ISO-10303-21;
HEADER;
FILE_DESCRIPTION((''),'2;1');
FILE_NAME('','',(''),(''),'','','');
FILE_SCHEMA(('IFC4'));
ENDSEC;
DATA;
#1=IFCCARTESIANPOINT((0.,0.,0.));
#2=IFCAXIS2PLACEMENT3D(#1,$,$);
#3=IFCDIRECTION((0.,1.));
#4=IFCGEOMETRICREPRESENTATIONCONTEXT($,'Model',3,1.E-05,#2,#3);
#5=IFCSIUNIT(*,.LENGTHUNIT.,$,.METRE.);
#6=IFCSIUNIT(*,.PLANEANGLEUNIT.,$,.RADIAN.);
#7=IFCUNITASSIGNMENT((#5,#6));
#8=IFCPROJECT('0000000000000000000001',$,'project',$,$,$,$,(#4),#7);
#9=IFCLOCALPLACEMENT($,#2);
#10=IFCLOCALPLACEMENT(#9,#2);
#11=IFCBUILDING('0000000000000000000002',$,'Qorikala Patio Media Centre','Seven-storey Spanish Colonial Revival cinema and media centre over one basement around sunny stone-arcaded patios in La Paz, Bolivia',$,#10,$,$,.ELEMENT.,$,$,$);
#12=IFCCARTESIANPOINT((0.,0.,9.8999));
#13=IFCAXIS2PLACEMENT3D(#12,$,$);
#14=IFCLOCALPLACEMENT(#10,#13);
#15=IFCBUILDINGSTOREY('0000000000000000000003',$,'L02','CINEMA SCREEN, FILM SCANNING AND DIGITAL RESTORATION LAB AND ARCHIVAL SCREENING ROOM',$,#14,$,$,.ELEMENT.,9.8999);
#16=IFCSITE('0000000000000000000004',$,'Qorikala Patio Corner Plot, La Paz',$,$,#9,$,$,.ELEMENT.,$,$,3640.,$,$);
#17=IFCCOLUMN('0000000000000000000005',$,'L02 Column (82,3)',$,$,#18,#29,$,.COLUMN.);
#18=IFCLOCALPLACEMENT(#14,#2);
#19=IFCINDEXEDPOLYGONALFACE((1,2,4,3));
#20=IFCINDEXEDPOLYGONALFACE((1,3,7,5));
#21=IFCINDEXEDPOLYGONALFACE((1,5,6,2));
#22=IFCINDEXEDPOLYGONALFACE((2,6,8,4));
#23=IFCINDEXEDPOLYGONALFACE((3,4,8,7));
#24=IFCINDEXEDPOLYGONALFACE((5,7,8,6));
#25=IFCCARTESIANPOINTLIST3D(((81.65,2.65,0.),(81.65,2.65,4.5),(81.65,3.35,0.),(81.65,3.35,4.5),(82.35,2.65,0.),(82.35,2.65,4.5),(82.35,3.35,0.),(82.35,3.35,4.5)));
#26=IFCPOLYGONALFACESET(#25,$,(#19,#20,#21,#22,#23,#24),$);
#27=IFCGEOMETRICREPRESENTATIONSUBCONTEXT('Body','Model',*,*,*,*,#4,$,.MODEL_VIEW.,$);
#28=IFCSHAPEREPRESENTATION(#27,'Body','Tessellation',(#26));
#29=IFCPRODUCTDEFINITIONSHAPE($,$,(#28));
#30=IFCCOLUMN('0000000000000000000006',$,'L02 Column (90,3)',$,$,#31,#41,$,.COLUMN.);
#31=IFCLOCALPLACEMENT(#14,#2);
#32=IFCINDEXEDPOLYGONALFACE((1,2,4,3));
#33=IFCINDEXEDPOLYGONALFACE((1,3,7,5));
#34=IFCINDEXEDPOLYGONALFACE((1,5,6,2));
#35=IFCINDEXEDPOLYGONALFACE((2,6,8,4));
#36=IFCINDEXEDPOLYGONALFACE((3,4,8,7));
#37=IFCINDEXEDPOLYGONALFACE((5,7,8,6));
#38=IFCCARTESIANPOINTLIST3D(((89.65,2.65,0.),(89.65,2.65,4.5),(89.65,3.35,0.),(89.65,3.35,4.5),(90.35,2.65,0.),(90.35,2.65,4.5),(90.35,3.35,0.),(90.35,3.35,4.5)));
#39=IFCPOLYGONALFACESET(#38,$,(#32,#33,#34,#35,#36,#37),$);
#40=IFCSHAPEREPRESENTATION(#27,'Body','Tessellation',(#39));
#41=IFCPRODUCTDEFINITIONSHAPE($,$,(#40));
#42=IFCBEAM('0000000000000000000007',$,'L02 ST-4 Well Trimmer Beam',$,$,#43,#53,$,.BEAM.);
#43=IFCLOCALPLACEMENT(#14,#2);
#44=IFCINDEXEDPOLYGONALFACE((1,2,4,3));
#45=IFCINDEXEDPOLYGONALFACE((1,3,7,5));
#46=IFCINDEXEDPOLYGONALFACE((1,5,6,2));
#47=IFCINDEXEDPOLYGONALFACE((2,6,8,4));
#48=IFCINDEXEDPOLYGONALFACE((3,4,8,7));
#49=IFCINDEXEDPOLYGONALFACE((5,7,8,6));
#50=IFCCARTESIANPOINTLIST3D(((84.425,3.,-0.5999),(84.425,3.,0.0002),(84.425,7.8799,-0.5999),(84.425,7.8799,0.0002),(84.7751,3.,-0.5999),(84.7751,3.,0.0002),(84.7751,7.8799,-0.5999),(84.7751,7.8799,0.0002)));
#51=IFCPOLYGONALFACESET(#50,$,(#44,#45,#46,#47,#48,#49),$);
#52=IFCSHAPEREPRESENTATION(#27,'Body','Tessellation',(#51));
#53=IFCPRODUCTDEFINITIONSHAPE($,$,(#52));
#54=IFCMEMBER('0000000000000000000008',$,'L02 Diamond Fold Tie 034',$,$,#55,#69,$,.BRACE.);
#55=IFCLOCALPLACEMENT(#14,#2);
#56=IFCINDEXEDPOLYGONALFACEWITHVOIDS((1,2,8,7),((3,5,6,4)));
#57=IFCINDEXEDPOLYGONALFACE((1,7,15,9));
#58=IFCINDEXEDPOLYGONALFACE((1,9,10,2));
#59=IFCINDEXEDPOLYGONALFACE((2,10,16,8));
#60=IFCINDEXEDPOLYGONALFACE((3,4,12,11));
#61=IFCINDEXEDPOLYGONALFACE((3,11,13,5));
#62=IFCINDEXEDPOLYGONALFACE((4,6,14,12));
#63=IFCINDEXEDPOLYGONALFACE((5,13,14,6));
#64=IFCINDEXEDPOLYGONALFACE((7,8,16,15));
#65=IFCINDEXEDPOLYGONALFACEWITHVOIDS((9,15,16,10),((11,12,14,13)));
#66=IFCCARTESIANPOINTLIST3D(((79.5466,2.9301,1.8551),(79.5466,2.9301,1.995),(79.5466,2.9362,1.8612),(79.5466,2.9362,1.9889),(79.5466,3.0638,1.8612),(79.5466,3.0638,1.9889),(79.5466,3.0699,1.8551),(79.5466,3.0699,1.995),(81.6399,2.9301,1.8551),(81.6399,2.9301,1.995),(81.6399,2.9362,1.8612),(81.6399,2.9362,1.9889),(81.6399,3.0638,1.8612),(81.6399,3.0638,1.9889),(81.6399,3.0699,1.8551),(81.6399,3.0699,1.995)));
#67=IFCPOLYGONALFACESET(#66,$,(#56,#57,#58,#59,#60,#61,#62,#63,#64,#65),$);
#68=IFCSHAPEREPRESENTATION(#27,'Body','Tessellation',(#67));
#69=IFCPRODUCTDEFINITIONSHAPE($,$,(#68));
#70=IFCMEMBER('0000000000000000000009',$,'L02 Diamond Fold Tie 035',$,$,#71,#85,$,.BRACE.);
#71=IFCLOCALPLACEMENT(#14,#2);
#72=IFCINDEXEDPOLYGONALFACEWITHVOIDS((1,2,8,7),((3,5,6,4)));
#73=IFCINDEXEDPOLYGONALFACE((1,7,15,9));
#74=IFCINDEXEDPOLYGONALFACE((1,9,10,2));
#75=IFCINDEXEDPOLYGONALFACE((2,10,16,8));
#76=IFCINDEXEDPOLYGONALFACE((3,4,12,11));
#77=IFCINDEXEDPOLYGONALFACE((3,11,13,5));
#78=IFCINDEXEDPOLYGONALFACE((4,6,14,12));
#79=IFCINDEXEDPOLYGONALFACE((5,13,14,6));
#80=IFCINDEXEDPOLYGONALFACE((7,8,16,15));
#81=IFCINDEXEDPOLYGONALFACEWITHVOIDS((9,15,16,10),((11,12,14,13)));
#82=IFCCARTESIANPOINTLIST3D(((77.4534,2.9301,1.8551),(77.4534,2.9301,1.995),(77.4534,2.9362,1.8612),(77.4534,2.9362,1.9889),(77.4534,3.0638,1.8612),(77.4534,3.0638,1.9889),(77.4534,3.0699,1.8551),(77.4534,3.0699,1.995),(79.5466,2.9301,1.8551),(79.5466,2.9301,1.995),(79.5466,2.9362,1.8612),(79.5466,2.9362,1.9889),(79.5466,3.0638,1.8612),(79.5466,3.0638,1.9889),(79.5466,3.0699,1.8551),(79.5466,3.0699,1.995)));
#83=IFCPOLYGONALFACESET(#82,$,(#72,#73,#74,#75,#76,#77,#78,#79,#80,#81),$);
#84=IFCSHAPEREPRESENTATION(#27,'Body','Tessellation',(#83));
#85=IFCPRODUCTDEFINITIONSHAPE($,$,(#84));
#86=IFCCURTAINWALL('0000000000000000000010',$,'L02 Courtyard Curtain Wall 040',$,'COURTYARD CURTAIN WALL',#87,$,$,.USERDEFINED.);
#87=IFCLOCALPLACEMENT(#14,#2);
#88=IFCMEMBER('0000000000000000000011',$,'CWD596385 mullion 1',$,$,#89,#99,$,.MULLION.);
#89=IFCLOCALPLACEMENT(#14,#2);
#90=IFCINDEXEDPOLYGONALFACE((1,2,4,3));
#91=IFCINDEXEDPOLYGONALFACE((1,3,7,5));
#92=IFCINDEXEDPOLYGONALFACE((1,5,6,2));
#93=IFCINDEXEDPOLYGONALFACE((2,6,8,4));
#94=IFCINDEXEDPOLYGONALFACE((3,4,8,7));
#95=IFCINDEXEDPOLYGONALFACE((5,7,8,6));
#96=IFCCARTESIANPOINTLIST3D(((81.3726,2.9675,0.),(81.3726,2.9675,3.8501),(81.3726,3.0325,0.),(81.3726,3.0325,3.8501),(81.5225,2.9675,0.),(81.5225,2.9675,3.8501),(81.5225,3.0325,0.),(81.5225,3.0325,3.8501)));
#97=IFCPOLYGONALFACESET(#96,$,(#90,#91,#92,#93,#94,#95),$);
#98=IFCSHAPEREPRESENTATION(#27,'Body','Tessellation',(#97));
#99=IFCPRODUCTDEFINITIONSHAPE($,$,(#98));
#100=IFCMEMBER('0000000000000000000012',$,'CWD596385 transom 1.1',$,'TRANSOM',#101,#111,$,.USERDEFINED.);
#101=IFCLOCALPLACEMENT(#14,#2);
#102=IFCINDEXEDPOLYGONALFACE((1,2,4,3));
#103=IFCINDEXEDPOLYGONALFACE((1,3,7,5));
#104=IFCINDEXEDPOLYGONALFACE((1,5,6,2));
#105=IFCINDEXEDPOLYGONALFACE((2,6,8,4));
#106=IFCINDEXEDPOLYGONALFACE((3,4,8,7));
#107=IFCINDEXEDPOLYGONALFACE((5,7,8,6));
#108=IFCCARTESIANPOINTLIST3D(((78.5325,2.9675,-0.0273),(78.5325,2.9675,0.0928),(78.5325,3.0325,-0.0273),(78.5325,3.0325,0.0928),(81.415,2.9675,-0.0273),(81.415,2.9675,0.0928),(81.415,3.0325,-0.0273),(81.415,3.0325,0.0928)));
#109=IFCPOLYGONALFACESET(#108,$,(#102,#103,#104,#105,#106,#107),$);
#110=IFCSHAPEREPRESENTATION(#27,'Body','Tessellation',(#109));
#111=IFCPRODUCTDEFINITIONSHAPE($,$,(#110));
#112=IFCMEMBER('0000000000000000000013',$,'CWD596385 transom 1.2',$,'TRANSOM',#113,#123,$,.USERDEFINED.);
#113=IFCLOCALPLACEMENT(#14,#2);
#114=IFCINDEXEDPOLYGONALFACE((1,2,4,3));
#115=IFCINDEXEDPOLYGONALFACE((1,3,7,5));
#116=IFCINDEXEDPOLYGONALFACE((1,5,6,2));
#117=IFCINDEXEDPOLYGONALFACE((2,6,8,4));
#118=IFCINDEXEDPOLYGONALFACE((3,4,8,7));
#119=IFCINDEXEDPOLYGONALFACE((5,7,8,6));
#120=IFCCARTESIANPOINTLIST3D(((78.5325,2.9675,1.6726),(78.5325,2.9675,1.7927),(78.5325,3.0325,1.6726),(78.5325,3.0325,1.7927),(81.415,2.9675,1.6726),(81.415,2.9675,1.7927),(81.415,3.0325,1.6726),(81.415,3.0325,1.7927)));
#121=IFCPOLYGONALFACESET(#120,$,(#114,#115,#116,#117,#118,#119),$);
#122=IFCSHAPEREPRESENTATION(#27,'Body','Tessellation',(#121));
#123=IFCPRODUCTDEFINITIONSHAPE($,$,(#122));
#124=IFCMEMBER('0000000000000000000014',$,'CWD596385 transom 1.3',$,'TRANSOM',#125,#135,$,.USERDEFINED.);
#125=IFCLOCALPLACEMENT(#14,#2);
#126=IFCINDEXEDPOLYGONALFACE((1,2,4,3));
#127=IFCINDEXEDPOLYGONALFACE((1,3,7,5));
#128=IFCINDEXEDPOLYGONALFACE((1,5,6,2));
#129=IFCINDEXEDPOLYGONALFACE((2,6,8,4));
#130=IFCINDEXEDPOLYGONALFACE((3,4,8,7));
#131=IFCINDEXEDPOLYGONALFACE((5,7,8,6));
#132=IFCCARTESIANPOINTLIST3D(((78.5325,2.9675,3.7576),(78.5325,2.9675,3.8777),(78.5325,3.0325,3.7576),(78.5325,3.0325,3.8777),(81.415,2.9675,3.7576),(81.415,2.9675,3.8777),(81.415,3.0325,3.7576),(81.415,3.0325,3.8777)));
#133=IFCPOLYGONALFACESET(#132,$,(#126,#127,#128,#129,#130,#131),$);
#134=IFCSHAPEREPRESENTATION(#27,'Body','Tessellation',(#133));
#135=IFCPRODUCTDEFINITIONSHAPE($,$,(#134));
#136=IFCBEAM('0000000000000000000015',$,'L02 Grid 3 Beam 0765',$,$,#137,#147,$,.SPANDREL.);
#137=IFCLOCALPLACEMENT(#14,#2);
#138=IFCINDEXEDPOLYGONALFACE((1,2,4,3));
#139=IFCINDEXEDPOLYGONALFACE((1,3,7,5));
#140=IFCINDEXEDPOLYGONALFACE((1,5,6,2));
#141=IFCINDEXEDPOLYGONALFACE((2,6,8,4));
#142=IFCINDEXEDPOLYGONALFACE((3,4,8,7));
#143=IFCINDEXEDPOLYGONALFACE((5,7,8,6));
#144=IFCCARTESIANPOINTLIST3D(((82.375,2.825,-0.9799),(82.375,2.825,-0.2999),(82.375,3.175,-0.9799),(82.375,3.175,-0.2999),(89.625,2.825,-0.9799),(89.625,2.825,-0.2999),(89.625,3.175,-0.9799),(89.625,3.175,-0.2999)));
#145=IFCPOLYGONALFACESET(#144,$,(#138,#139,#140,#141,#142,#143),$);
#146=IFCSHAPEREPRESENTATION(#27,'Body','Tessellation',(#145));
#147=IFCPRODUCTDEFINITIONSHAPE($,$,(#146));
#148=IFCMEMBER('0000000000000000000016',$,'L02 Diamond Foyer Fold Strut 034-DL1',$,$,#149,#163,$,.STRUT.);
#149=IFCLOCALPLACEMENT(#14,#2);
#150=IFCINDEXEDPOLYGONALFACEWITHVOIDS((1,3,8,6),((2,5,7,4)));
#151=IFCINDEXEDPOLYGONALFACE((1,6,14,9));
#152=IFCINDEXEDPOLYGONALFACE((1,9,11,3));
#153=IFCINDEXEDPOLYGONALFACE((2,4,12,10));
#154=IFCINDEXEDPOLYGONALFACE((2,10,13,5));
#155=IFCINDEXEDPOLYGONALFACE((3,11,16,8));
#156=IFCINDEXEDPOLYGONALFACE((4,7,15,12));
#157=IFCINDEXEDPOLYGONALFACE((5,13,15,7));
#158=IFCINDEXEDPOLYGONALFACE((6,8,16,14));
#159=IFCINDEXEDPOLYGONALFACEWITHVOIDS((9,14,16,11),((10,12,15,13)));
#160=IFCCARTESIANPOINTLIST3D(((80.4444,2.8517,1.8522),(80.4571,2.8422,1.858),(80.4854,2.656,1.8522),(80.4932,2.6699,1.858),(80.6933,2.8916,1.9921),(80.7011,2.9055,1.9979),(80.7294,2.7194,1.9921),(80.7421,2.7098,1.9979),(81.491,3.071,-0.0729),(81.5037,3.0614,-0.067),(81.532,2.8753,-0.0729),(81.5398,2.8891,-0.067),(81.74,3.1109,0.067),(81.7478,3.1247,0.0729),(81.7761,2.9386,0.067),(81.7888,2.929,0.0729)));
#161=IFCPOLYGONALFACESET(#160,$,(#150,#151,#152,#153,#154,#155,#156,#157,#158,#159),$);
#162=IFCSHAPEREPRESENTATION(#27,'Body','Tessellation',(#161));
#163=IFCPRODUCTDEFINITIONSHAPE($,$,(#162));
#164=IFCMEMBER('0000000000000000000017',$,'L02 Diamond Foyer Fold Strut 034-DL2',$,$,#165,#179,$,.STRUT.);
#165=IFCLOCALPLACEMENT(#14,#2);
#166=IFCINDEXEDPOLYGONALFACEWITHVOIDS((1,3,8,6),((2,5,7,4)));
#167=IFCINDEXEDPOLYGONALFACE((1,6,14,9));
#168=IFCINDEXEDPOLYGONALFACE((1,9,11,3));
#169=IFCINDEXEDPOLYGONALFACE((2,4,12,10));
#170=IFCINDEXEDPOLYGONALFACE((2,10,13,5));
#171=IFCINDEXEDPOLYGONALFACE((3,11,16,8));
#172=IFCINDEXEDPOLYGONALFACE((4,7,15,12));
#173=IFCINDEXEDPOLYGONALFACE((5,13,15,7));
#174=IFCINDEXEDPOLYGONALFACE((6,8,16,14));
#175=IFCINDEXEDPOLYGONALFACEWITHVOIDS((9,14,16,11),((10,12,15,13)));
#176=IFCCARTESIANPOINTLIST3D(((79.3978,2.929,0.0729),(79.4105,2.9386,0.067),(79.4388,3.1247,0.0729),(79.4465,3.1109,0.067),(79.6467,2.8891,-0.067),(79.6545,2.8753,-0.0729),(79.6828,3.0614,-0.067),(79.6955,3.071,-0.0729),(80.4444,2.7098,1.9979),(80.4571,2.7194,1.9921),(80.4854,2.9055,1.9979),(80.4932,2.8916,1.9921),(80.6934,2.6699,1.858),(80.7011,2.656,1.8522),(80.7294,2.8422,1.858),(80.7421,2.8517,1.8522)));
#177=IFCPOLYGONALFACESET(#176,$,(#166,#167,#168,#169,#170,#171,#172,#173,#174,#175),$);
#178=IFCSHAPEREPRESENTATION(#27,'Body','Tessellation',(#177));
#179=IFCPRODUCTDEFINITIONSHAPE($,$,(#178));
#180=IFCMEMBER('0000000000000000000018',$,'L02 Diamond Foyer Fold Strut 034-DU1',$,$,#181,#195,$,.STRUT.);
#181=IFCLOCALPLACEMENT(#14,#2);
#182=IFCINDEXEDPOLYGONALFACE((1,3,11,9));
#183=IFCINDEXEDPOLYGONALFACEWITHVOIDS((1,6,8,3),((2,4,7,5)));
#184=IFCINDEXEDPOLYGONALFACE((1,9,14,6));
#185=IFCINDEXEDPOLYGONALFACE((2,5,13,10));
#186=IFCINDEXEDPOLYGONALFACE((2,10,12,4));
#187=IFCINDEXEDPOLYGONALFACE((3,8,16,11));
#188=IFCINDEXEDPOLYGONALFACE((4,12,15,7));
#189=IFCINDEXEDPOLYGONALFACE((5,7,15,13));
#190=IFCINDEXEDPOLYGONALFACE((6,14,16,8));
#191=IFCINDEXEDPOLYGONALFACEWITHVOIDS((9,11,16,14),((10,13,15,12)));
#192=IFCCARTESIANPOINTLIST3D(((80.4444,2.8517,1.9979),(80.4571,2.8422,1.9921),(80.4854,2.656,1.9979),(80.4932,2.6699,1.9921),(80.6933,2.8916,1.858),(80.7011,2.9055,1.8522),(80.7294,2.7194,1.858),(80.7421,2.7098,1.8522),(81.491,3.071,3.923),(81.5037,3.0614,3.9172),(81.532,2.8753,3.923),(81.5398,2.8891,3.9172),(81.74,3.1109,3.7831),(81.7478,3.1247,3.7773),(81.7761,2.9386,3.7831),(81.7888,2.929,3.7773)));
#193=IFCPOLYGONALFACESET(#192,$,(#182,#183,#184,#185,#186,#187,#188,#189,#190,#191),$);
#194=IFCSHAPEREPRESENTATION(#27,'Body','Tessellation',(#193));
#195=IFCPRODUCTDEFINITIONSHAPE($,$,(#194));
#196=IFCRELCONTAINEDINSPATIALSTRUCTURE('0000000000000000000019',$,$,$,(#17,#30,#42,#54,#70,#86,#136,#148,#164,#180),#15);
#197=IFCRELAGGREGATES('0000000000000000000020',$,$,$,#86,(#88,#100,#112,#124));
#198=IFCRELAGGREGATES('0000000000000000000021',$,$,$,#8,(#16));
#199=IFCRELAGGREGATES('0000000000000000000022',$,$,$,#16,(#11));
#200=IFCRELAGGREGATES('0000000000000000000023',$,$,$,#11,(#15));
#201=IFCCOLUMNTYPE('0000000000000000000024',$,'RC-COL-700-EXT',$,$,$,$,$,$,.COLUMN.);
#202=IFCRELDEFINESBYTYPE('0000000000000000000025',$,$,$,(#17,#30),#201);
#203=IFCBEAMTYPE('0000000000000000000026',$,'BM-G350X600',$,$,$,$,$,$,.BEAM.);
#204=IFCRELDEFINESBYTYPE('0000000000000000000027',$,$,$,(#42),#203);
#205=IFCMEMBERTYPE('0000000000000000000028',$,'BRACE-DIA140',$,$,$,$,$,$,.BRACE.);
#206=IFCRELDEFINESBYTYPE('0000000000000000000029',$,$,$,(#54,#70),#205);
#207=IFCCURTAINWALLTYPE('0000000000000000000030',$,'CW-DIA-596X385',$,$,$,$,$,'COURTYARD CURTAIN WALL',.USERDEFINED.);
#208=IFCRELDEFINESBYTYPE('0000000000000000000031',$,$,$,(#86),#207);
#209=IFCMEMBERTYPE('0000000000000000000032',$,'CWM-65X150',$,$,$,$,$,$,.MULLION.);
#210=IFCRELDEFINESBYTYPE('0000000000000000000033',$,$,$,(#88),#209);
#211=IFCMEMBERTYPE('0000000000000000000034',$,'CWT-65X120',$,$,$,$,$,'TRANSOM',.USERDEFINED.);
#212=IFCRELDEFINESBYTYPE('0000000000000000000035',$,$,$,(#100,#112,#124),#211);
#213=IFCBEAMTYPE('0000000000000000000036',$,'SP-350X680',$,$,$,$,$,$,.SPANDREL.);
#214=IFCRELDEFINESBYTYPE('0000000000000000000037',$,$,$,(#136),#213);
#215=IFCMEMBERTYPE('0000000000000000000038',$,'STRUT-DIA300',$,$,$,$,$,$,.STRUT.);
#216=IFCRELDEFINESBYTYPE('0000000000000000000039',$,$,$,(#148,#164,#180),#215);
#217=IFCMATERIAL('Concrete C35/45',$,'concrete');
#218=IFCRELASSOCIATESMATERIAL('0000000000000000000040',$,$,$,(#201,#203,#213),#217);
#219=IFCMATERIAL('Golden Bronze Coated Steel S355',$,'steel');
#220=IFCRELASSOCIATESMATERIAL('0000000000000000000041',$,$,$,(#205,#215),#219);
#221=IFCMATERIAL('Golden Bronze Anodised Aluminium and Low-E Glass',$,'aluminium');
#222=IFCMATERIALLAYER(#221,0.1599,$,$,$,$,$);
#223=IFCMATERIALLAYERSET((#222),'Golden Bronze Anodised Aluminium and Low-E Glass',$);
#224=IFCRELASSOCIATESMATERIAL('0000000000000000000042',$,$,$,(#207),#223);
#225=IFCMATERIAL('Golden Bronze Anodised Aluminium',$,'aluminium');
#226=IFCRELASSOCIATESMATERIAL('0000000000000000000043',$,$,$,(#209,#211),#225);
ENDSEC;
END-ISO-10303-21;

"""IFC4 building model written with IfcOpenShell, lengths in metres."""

from ifc_helpers import new_model, si_unit, direction, frame, origin, origin_2d, place, context, subcontext, project, spatial, rectangle, hollow_rectangle, extrude, material, layer, layer_set, material_profile, profile_set, type_object, element, aggregate, save


model = new_model("IFC4")

# Units and contexts
model_context = context("Model", 3, precision=1e-05, world=origin(), true_north=direction((0.0, 1.0)))
body_context = subcontext(model_context, "Body", "Model", "MODEL_VIEW")
ifc_project = project(units=[si_unit("LENGTHUNIT", "METRE"), si_unit("PLANEANGLEUNIT", "RADIAN")], contexts=[model_context])

# Site, building, storey
site_placement = place(None, origin())
site = spatial("IfcSite", under=ifc_project, at=site_placement, Name="Qorikala Patio Corner Plot, La Paz", CompositionType="ELEMENT", RefElevation=3640.0)
building_placement = place(site_placement, origin())
building = spatial("IfcBuilding", under=site, at=building_placement, Name="Qorikala Patio Media Centre", Description="Seven-storey Spanish Colonial Revival cinema and media centre over one basement around sunny stone-arcaded patios in La Paz, Bolivia", CompositionType="ELEMENT")
storey_placement = place(building_placement, frame((0.0, 0.0, 9.8999)))
storey = spatial("IfcBuildingStorey", under=building, at=storey_placement, Name="L02", Description="CINEMA SCREEN, FILM SCANNING AND DIGITAL RESTORATION LAB AND ARCHIVAL SCREENING ROOM", CompositionType="ELEMENT", Elevation=9.8999)

# Columns
ifc_material_1 = material(Name="Concrete C35/45", Category="concrete")
ifc_material_profile_1 = material_profile(ifc_material_1, rectangle(XDim=0.7, YDim=0.7, at=origin_2d()), Name="RC 700x700")
ifc_profile_set_1 = profile_set([ifc_material_profile_1], Name="Concrete C35/45")
column_type = type_object("IfcColumnType", Name="RC-COL-700-EXT", PredefinedType="COLUMN", material=ifc_profile_set_1)
for number, where, z_axis, x_axis, name in (
    (1, (82.0, 3.0, 0.0), (0.0, 0.0, 1.0), (1.0, 0.0, 0.0), "L02 Column (82,3)"),
    (2, (90.0, 3.0, 0.0), (0.0, 0.0, 1.0), (1.0, 0.0, 0.0), "L02 Column (90,3)"),
):
    element("IfcColumn", number, at=place(storey_placement, frame(where, z_axis=z_axis, x_axis=x_axis)), inside=storey, type_object=column_type, Name=name, PredefinedType="COLUMN", context=body_context, shape_type="SweptSolid", body=[
        extrude(rectangle(XDim=0.7, YDim=0.7, at=origin_2d()), origin(), (0.0, 0.0, 1.0), 4.5),
    ])

# Beam
ifc_material_profile_2 = material_profile(ifc_material_1, rectangle(XDim=0.3501, YDim=0.6001, at=origin_2d()), Name="RC 350x600")
ifc_profile_set_2 = profile_set([ifc_material_profile_2], Name="Concrete C35/45")
beam_type_1 = type_object("IfcBeamType", Name="BM-G350X600", PredefinedType="BEAM", material=ifc_profile_set_2)
beam_1_placement = place(storey_placement, frame((84.6001, 3.0, -0.2998), z_axis=(0.0, 1.0, 0.0), x_axis=(-1.0, 0.0, 0.0)))
element("IfcBeam", 3, at=beam_1_placement, inside=storey, type_object=beam_type_1, Name="L02 ST-4 Well Trimmer Beam", PredefinedType="BEAM", context=body_context, shape_type="SweptSolid", body=[
    extrude(rectangle(XDim=0.3501, YDim=0.6001, at=origin_2d()), origin(), (0.0, 0.0, 1.0), 4.8799),
])

# Members
ifc_material_2 = material(Name="Golden Bronze Coated Steel S355", Category="steel")
ifc_material_profile_3 = material_profile(ifc_material_2, hollow_rectangle(XDim=0.1399, YDim=0.1399, WallThickness=0.0061, at=origin_2d()), Name="HSS140X140X6")
ifc_profile_set_3 = profile_set([ifc_material_profile_3], Name="Golden Bronze Coated Steel S355")
member_type_1 = type_object("IfcMemberType", Name="BRACE-DIA140", PredefinedType="BRACE", material=ifc_profile_set_3)
for number, where, z_axis, x_axis, name in (
    (4, (81.6399, 3.0, 1.925), (-1.0, 0.0, 0.0), (0.0, -1.0, 0.0), "L02 Diamond Fold Tie 034"),
    (5, (79.5466, 3.0, 1.925), (-1.0, 0.0, 0.0), (0.0, -1.0, 0.0), "L02 Diamond Fold Tie 035"),
):
    element("IfcMember", number, at=place(storey_placement, frame(where, z_axis=z_axis, x_axis=x_axis)), inside=storey, type_object=member_type_1, Name=name, PredefinedType="BRACE", context=body_context, shape_type="SweptSolid", body=[
        extrude(hollow_rectangle(XDim=0.1399, YDim=0.1399, WallThickness=0.0061, at=origin_2d()), origin(), (0.0, 0.0, 1.0), 2.0933),
    ])

# Curtain wall, members
ifc_material_3 = material(Name="Golden Bronze Anodised Aluminium and Low-E Glass", Category="aluminium")
ifc_layer_1 = layer(ifc_material_3, 0.1599)
ifc_layer_set_1 = layer_set([ifc_layer_1], Name="Golden Bronze Anodised Aluminium and Low-E Glass")
curtain_wall_type = type_object("IfcCurtainWallType", Name="CW-DIA-596X385", ElementType="COURTYARD CURTAIN WALL", PredefinedType="USERDEFINED", material=ifc_layer_set_1)
curtain_wall_placement = place(storey_placement, origin())
curtain_wall = element("IfcCurtainWall", 6, at=curtain_wall_placement, inside=storey, type_object=curtain_wall_type, Name="L02 Courtyard Curtain Wall 040", ObjectType="COURTYARD CURTAIN WALL", PredefinedType="USERDEFINED")
ifc_material_4 = material(Name="Golden Bronze Anodised Aluminium", Category="aluminium")
ifc_material_profile_4 = material_profile(ifc_material_4, rectangle(XDim=0.0649, YDim=0.1499, at=origin_2d()), Name="ALU MULLION 65x150")
ifc_profile_set_4 = profile_set([ifc_material_profile_4], Name="Golden Bronze Anodised Aluminium")
member_type_2 = type_object("IfcMemberType", Name="CWM-65X150", PredefinedType="MULLION", material=ifc_profile_set_4)
member_1_placement = place(storey_placement, frame((81.4475, 3.0, 0.0), z_axis=(0.0, 0.0, 1.0), x_axis=(0.0, -1.0, 0.0)))
member_1 = element("IfcMember", 7, at=member_1_placement, type_object=member_type_2, Name="CWD596385 mullion 1", PredefinedType="MULLION", context=body_context, shape_type="SweptSolid", body=[
    extrude(rectangle(XDim=0.0649, YDim=0.1499, at=origin_2d()), origin(), (0.0, 0.0, 1.0), 3.8501),
])
ifc_material_profile_5 = material_profile(ifc_material_4, rectangle(XDim=0.0649, YDim=0.1201, at=origin_2d()), Name="ALU TRANSOM 65x120")
ifc_profile_set_5 = profile_set([ifc_material_profile_5], Name="Golden Bronze Anodised Aluminium")
member_type_3 = type_object("IfcMemberType", Name="CWT-65X120", ElementType="TRANSOM", PredefinedType="USERDEFINED", material=ifc_profile_set_5)
member_2_placement = place(storey_placement, frame((81.415, 3.0, 0.0327), z_axis=(-1.0, 0.0, 0.0), x_axis=(0.0, -1.0, 0.0)))
member_2 = element("IfcMember", 8, at=member_2_placement, type_object=member_type_3, Name="CWD596385 transom 1.1", ObjectType="TRANSOM", PredefinedType="USERDEFINED", context=body_context, shape_type="SweptSolid", body=[
    extrude(rectangle(XDim=0.0649, YDim=0.1201, at=origin_2d()), origin(), (0.0, 0.0, 1.0), 2.8826),
])
member_3_placement = place(storey_placement, frame((81.415, 3.0, 1.7327), z_axis=(-1.0, 0.0, 0.0), x_axis=(0.0, -1.0, 0.0)))
member_3 = element("IfcMember", 9, at=member_3_placement, type_object=member_type_3, Name="CWD596385 transom 1.2", ObjectType="TRANSOM", PredefinedType="USERDEFINED", context=body_context, shape_type="SweptSolid", body=[
    extrude(rectangle(XDim=0.0649, YDim=0.1201, at=origin_2d()), origin(), (0.0, 0.0, 1.0), 2.8826),
])
member_4_placement = place(storey_placement, frame((81.415, 3.0, 3.8176), z_axis=(-1.0, 0.0, 0.0), x_axis=(0.0, -1.0, 0.0)))
member_4 = element("IfcMember", 10, at=member_4_placement, type_object=member_type_3, Name="CWD596385 transom 1.3", ObjectType="TRANSOM", PredefinedType="USERDEFINED", context=body_context, shape_type="SweptSolid", body=[
    extrude(rectangle(XDim=0.0649, YDim=0.1201, at=origin_2d()), origin(), (0.0, 0.0, 1.0), 2.8826),
])

# Beam
ifc_material_profile_6 = material_profile(ifc_material_1, rectangle(XDim=0.3501, YDim=0.6799, at=origin_2d()), Name="RC 350x680")
ifc_profile_set_6 = profile_set([ifc_material_profile_6], Name="Concrete C35/45")
beam_type_2 = type_object("IfcBeamType", Name="SP-350X680", PredefinedType="SPANDREL", material=ifc_profile_set_6)
beam_2_placement = place(storey_placement, frame((82.375, 3.0, -0.6399), z_axis=(1.0, 0.0, 0.0), x_axis=(0.0, 1.0, 0.0)))
element("IfcBeam", 11, at=beam_2_placement, inside=storey, type_object=beam_type_2, Name="L02 Grid 3 Beam 0765", PredefinedType="SPANDREL", context=body_context, shape_type="SweptSolid", body=[
    extrude(rectangle(XDim=0.3501, YDim=0.6799, at=origin_2d()), origin(), (0.0, 0.0, 1.0), 7.25),
])

# Members
ifc_material_profile_7 = material_profile(ifc_material_2, hollow_rectangle(XDim=0.2, YDim=0.3, WallThickness=0.012, at=origin_2d()), Name="HSS300X200X12")
ifc_profile_set_7 = profile_set([ifc_material_profile_7], Name="Golden Bronze Coated Steel S355")
member_type_4 = type_object("IfcMemberType", Name="STRUT-DIA300", PredefinedType="STRUT", material=ifc_profile_set_7)
for number, where, z_axis, x_axis, name in (
    (12, (81.6399, 3.0, 0.0), (-0.475284, -0.099558, 0.874181), (0.205021, -0.978758, 0.0), "L02 Diamond Foyer Fold Strut 034-DL1"),
    (13, (79.5466, 3.0, 0.0), (0.475284, -0.099558, 0.874181), (0.205021, 0.978758, 0.0), "L02 Diamond Foyer Fold Strut 034-DL2"),
    (14, (80.5933, 2.7808, 1.925), (0.475284, 0.099558, 0.874181), (-0.205021, 0.978758, 0.0), "L02 Diamond Foyer Fold Strut 034-DU1"),
):
    element("IfcMember", number, at=place(storey_placement, frame(where, z_axis=z_axis, x_axis=x_axis)), inside=storey, type_object=member_type_4, Name=name, PredefinedType="STRUT", context=body_context, shape_type="SweptSolid", body=[
        extrude(hollow_rectangle(XDim=0.2, YDim=0.3, WallThickness=0.012, at=origin_2d()), origin(), (0.0, 0.0, 1.0), 2.2021),
    ])

aggregate(curtain_wall, [member_1, member_2, member_3, member_4])

save(model, "model.ifc")
